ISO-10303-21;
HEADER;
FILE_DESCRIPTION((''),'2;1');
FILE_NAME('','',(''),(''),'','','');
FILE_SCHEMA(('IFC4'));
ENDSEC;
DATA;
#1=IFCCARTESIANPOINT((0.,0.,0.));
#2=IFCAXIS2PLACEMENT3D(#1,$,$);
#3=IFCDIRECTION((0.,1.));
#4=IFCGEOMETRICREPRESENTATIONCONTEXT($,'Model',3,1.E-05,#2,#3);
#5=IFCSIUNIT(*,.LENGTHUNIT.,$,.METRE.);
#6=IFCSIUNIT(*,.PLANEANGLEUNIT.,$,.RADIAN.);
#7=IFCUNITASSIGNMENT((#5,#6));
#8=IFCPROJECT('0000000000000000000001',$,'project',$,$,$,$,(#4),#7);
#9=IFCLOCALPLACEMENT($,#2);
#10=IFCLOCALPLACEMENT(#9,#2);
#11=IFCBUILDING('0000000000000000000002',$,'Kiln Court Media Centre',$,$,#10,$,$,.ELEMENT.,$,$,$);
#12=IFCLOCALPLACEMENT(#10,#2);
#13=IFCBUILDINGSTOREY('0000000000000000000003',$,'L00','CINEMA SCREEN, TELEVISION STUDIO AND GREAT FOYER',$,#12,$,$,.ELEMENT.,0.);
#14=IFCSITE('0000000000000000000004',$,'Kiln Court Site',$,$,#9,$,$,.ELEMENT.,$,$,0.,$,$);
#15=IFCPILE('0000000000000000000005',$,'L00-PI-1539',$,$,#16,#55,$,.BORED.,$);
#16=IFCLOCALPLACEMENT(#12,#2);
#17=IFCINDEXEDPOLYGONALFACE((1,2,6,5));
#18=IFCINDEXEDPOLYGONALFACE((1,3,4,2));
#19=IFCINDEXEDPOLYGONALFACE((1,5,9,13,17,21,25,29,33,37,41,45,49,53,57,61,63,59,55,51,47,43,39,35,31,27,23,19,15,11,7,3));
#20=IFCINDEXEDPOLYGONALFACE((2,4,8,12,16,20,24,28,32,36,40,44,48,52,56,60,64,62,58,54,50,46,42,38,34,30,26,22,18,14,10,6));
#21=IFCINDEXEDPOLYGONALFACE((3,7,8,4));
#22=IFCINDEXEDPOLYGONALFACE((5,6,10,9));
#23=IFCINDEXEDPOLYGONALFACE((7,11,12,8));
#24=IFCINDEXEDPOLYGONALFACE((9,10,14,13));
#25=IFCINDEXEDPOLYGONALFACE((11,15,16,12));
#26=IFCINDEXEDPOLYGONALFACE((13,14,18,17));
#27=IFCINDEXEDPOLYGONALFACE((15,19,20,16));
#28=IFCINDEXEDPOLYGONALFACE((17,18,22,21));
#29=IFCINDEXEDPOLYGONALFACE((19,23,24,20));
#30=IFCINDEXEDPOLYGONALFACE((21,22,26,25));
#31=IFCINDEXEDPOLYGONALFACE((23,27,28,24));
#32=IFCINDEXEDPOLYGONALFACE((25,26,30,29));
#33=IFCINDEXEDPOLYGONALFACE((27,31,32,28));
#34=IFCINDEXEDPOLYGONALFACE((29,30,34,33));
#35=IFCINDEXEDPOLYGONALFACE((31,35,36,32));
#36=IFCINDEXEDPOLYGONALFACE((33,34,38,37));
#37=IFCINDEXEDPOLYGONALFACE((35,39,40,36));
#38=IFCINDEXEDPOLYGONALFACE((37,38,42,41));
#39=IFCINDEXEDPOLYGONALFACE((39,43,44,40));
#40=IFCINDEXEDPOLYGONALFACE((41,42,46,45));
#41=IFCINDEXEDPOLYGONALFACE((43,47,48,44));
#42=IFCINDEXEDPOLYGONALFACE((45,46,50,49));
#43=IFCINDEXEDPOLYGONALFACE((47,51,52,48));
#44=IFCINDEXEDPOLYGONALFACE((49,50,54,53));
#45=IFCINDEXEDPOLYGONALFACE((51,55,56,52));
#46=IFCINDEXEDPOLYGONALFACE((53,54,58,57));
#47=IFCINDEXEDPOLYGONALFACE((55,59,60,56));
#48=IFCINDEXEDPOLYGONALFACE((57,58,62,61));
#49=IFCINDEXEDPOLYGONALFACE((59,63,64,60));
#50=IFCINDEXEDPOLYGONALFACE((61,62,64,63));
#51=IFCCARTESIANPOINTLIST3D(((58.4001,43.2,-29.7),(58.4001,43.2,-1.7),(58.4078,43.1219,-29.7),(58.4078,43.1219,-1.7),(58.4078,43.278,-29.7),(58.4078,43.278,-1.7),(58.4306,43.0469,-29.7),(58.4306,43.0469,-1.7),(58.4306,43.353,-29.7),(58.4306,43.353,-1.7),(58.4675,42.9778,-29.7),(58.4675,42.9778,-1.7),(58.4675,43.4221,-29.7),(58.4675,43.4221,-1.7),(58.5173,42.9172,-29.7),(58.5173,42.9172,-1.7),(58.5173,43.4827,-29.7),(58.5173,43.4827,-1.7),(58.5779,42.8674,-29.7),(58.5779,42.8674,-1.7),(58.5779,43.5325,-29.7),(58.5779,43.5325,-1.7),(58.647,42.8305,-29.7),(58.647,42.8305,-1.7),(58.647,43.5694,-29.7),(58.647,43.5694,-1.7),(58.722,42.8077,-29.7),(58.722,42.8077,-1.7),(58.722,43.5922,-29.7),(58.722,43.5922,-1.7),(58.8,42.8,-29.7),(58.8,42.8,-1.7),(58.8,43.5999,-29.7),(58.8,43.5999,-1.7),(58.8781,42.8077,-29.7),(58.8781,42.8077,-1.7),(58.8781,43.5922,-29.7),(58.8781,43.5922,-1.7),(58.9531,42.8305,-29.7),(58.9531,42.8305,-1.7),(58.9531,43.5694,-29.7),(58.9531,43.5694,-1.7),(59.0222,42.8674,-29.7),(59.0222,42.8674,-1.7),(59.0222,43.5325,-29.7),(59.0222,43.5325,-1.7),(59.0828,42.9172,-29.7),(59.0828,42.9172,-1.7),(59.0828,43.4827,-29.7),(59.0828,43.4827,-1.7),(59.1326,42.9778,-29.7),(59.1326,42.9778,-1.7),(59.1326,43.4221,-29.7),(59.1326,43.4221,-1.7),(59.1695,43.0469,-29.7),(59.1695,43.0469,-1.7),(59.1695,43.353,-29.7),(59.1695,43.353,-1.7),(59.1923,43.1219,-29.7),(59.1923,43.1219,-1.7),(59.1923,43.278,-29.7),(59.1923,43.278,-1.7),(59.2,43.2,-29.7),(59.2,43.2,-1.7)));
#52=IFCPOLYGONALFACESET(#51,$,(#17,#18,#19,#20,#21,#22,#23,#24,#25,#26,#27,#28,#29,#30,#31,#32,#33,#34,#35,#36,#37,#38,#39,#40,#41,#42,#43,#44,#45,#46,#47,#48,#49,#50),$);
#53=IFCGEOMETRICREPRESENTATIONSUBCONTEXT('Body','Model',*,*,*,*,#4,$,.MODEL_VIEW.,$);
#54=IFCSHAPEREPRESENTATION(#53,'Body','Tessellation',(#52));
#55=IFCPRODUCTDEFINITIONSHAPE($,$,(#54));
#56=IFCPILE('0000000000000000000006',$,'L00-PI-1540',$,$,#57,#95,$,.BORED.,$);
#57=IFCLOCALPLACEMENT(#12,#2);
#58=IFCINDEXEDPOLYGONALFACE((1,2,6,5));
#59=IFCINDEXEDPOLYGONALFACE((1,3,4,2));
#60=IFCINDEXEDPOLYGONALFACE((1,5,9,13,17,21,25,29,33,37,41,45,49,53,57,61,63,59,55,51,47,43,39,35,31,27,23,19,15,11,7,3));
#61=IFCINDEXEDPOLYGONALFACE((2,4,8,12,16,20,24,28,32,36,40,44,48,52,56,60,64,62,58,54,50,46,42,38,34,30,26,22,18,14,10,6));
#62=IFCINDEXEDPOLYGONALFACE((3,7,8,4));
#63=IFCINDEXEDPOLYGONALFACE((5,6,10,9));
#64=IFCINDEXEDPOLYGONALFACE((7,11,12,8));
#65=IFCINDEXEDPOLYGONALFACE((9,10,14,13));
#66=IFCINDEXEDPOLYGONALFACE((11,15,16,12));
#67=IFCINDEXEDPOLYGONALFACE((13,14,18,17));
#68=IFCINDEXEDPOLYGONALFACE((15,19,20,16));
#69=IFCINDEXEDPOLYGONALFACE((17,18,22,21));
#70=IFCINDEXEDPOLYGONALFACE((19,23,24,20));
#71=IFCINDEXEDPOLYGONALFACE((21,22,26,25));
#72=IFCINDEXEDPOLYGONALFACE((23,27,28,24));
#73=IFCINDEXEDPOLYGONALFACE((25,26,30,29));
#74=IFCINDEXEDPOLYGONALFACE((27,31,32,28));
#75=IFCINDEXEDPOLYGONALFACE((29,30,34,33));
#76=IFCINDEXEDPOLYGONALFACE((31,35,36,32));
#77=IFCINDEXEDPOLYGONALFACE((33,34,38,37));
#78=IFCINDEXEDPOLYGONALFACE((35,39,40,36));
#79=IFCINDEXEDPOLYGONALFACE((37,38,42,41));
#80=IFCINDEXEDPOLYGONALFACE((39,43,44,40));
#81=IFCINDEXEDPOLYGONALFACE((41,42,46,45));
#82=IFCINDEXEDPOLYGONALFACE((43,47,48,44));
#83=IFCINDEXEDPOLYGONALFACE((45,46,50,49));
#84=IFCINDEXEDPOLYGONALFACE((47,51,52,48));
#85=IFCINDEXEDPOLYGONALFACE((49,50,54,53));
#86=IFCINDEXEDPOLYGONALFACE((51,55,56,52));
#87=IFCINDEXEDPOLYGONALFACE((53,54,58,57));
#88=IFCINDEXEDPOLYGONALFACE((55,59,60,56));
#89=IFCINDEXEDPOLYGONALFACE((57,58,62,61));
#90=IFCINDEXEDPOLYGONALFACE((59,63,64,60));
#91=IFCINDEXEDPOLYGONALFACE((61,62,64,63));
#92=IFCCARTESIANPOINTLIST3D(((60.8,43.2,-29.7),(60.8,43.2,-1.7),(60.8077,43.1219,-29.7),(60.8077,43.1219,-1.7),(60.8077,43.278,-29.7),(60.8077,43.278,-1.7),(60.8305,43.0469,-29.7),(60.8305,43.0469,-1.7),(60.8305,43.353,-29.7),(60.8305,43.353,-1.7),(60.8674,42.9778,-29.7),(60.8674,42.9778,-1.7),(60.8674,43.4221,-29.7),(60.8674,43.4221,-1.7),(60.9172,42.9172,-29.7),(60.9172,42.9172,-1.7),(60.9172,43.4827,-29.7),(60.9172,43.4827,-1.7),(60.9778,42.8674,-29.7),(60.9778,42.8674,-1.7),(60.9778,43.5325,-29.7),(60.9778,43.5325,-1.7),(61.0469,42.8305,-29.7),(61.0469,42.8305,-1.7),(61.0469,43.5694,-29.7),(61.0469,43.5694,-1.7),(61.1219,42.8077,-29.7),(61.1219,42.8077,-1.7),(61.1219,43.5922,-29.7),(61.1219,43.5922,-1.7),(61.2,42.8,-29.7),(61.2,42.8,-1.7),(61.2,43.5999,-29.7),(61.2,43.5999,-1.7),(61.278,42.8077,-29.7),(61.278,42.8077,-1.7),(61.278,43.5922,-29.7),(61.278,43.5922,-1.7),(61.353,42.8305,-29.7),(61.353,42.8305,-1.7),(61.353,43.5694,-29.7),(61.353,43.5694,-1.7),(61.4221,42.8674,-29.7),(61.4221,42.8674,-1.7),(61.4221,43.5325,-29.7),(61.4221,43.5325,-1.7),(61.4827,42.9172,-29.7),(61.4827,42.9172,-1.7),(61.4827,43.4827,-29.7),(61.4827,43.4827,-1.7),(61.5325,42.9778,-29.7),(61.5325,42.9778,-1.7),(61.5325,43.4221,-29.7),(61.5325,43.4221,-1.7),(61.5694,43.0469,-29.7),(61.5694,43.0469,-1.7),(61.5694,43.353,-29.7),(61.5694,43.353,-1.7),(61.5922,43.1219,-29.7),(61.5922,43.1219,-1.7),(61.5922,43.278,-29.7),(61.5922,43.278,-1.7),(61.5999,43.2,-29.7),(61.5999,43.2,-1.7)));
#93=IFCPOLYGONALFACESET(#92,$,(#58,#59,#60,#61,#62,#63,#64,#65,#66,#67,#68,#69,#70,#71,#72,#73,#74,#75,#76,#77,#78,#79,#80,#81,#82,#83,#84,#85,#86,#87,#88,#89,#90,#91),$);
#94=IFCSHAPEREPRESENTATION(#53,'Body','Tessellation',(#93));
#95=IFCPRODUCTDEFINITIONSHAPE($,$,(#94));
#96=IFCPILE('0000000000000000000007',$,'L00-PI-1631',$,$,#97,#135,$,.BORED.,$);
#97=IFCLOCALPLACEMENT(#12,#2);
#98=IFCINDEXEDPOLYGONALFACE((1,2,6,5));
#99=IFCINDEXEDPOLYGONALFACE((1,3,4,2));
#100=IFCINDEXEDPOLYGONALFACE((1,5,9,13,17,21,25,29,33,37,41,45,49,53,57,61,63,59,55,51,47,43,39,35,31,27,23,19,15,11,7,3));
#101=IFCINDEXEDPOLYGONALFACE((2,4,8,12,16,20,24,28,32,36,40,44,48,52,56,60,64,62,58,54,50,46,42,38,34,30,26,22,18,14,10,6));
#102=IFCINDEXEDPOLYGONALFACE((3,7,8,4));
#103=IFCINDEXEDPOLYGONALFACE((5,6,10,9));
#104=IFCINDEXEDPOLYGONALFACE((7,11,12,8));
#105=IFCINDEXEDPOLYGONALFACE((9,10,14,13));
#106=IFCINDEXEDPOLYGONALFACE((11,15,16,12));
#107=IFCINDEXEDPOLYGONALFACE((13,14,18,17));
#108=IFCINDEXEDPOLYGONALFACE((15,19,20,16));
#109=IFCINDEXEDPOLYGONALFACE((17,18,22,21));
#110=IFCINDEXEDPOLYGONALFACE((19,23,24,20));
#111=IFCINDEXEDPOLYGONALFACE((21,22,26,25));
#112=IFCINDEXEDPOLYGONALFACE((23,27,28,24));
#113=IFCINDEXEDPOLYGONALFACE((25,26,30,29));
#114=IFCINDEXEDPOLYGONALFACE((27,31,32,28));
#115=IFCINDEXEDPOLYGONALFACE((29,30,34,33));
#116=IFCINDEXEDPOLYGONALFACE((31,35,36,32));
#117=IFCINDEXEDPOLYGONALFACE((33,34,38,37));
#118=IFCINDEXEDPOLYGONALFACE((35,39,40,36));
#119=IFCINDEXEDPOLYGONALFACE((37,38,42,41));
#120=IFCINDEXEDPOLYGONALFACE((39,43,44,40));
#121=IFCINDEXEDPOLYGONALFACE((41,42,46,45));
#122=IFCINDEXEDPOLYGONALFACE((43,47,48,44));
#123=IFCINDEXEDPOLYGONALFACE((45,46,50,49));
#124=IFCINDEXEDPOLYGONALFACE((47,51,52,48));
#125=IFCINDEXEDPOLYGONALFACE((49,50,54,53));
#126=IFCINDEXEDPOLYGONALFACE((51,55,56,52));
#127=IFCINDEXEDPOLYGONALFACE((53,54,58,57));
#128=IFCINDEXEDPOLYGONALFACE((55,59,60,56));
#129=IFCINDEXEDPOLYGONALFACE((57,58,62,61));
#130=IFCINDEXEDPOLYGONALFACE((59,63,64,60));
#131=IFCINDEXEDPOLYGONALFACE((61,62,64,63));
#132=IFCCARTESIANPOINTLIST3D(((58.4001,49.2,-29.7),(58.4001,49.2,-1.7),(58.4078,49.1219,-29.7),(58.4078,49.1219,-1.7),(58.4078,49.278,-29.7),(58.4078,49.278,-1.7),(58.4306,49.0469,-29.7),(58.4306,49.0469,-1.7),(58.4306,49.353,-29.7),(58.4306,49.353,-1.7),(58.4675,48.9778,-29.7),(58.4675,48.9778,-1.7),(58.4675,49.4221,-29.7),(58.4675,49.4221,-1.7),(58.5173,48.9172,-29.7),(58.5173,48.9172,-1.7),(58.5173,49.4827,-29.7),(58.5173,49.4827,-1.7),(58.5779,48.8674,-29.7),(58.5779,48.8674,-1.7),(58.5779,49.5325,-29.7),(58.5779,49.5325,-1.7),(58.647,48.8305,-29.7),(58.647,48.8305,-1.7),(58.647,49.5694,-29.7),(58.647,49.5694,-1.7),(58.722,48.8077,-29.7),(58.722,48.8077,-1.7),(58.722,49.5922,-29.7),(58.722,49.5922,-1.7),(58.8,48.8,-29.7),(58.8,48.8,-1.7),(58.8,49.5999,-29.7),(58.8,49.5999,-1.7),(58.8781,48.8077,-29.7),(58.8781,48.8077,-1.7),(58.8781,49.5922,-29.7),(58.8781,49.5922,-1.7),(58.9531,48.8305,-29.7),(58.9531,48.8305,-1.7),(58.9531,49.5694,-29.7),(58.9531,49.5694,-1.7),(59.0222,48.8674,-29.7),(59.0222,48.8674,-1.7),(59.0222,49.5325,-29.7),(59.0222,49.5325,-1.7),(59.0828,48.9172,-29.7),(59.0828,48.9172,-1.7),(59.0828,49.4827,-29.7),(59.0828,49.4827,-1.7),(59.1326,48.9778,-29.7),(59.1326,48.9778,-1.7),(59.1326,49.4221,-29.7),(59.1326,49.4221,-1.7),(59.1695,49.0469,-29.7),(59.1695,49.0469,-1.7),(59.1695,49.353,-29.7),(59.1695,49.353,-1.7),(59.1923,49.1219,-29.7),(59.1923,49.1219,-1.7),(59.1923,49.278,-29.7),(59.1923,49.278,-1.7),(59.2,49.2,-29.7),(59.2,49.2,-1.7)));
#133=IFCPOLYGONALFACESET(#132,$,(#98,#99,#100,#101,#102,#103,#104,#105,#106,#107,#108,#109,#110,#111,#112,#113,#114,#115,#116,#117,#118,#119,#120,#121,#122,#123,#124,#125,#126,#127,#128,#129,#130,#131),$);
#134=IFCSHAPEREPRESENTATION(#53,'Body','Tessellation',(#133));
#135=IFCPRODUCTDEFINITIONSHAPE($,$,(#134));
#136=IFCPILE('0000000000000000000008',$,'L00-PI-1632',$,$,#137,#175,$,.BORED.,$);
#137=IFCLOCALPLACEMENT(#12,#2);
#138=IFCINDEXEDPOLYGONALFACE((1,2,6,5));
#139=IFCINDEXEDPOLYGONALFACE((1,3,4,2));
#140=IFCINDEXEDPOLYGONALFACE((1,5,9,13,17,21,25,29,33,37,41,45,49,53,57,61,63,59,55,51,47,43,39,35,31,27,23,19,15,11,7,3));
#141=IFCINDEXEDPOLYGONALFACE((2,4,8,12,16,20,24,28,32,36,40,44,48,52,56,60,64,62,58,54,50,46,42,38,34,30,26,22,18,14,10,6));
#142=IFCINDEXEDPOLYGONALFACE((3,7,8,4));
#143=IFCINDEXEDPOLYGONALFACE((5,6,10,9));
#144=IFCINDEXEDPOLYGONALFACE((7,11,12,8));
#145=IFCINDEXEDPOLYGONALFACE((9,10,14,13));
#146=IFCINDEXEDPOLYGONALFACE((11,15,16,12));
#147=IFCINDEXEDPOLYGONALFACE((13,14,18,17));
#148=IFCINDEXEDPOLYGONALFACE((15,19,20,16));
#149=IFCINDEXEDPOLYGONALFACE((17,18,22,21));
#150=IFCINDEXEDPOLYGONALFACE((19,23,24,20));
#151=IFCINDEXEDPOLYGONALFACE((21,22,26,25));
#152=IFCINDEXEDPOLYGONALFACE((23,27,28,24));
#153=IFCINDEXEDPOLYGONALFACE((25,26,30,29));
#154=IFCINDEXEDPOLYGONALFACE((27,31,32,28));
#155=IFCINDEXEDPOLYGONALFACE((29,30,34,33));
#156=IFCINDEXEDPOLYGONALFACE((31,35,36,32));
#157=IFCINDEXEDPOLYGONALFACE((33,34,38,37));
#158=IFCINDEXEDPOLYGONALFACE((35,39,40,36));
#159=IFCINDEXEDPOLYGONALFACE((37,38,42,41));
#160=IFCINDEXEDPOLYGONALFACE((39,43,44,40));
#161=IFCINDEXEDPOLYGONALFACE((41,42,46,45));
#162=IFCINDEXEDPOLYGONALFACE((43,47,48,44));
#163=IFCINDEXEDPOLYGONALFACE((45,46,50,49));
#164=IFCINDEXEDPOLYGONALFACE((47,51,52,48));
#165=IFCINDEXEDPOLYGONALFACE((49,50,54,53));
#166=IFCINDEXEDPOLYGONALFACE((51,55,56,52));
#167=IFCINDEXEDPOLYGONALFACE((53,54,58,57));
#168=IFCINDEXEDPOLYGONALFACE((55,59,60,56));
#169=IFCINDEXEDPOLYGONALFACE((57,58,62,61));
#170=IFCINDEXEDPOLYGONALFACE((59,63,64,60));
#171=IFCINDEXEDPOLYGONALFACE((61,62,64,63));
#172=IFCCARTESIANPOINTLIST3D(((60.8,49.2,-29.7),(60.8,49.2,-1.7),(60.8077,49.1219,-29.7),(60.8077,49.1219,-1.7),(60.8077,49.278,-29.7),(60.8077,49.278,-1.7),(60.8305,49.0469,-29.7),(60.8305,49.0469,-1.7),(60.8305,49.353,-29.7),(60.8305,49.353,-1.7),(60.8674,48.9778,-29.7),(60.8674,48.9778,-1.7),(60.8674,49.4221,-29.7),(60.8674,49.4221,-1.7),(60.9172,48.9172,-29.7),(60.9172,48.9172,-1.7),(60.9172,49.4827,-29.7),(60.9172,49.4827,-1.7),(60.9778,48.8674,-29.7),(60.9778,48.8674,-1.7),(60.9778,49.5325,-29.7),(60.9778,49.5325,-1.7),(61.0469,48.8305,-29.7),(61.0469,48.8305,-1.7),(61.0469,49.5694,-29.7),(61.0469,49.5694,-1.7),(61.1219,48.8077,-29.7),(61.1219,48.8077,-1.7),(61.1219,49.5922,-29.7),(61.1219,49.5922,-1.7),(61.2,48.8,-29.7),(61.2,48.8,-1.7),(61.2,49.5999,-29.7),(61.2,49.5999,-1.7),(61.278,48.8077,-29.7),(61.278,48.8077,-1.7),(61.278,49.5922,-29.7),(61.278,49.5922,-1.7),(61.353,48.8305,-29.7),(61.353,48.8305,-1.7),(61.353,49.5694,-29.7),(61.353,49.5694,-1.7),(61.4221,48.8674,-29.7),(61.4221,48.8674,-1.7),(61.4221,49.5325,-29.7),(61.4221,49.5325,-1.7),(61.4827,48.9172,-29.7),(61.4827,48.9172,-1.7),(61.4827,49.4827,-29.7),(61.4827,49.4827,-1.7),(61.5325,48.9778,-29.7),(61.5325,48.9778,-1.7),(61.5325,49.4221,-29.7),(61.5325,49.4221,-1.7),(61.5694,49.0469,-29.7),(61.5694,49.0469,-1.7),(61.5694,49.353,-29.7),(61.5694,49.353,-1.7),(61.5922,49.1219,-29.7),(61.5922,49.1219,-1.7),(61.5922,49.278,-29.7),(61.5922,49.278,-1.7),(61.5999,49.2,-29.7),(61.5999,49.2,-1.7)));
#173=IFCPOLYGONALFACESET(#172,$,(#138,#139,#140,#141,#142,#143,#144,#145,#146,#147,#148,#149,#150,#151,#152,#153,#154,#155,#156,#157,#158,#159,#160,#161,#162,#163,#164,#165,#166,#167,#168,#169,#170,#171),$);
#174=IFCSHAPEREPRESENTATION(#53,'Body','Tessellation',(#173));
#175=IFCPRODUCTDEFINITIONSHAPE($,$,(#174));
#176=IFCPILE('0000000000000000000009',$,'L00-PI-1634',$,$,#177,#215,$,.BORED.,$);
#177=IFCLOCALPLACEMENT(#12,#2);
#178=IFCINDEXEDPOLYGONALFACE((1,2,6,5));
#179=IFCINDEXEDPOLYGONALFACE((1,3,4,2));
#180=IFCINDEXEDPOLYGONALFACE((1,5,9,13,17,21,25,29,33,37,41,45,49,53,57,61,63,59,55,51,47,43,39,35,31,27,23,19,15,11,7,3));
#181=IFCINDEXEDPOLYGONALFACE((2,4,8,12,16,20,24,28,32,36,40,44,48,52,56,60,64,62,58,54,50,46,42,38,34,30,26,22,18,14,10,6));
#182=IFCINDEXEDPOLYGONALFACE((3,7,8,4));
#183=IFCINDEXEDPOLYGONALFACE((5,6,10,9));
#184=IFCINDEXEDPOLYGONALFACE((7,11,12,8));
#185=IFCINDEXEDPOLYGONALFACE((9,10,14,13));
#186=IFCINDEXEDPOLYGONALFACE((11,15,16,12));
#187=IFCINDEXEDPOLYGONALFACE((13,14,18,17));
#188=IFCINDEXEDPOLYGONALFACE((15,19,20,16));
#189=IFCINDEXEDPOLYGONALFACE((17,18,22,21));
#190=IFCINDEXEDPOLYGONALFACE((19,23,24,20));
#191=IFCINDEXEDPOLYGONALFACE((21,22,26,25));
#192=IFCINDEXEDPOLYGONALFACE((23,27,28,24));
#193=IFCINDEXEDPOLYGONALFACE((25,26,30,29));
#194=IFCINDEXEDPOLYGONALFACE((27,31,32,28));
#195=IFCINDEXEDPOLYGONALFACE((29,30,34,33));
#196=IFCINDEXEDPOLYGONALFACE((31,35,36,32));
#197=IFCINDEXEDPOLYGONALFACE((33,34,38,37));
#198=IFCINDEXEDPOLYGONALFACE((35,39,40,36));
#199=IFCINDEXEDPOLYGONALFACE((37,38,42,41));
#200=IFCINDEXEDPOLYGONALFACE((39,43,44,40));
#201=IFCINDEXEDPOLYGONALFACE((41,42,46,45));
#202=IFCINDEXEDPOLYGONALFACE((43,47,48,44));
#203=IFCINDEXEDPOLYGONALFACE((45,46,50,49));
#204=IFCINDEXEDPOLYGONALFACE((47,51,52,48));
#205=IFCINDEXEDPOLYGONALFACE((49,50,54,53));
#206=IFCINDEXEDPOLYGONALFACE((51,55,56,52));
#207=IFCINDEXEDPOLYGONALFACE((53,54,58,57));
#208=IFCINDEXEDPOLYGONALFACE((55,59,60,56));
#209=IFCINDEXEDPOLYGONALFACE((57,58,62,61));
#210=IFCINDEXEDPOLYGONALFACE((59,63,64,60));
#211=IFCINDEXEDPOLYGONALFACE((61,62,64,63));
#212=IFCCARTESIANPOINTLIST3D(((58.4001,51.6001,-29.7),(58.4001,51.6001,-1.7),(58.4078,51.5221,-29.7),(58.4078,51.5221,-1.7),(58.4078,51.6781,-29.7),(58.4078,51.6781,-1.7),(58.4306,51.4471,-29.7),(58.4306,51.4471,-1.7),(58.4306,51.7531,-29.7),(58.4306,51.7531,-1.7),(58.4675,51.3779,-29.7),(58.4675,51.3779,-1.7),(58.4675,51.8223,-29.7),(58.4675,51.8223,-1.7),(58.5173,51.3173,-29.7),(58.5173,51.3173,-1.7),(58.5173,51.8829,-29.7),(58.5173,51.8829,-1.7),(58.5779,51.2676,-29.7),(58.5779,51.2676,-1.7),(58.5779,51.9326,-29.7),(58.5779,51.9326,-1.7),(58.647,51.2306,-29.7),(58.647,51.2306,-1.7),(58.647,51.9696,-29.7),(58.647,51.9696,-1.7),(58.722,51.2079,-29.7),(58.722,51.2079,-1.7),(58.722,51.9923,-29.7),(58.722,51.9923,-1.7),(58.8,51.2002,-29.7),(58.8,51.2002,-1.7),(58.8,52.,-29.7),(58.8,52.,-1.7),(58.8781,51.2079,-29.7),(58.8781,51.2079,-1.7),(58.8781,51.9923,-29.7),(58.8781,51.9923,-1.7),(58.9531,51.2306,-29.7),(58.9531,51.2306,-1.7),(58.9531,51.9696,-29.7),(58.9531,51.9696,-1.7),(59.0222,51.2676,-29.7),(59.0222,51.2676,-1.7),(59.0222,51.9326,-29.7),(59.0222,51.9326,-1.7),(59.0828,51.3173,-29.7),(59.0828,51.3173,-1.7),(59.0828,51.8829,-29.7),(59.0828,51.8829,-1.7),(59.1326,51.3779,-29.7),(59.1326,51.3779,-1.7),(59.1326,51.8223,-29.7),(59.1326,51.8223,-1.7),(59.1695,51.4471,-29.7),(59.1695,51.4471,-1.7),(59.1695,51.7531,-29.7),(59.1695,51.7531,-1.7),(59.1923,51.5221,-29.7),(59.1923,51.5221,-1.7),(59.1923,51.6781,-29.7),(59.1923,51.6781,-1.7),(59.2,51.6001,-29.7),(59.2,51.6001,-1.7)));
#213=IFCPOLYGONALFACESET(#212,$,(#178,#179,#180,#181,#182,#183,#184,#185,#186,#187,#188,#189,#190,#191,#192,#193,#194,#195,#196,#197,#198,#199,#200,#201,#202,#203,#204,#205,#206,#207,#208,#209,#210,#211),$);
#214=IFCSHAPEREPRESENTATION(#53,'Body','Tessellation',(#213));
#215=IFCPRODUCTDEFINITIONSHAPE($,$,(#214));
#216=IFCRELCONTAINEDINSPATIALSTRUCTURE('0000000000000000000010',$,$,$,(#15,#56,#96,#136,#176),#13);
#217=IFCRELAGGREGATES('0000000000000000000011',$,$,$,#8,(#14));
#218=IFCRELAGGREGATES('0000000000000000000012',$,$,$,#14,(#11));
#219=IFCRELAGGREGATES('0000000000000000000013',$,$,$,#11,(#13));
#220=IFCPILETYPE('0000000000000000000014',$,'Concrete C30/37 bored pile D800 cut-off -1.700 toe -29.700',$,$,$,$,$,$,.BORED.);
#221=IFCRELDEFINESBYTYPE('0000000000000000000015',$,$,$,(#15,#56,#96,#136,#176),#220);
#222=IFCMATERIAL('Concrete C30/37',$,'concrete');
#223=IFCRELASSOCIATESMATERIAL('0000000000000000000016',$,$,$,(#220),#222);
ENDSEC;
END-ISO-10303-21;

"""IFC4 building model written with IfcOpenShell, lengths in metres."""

from ifc_helpers import new_model, si_unit, direction, frame, origin, origin_2d, place, context, subcontext, project, spatial, circle, extrude, material, material_profile, profile_set, type_object, element, save


model = new_model("IFC4")

# Units and contexts
model_context = context("Model", 3, precision=1e-05, world=origin(), true_north=direction((0.0, 1.0)))
body_context = subcontext(model_context, "Body", "Model", "MODEL_VIEW")
ifc_project = project(units=[si_unit("LENGTHUNIT", "METRE"), si_unit("PLANEANGLEUNIT", "RADIAN")], contexts=[model_context])

# Site, building, storey
site_placement = place(None, origin())
site = spatial("IfcSite", under=ifc_project, at=site_placement, Name="Kiln Court Site", CompositionType="ELEMENT", RefElevation=0.0)
building_placement = place(site_placement, origin())
building = spatial("IfcBuilding", under=site, at=building_placement, Name="Kiln Court Media Centre", CompositionType="ELEMENT")
storey_placement = place(building_placement, origin())
storey = spatial("IfcBuildingStorey", under=building, at=storey_placement, Name="L00", Description="CINEMA SCREEN, TELEVISION STUDIO AND GREAT FOYER", CompositionType="ELEMENT", Elevation=0.0)

# Piles
ifc_material_1 = material(Name="Concrete C30/37", Category="concrete")
ifc_material_profile_1 = material_profile(ifc_material_1, circle(Radius=0.3999, at=origin_2d()), Name="PILE D800")
ifc_profile_set_1 = profile_set([ifc_material_profile_1], Name="Concrete C30/37")
pile_type_1 = type_object("IfcPileType", Name="Concrete C30/37 bored pile D800 cut-off -1.700 toe -29.700", PredefinedType="BORED", material=ifc_profile_set_1)
for number, where, z_axis, x_axis, name in (
    (1, (58.8, 43.2, -1.7), (0.0, 0.0, -1.0), (1.0, 0.0, 0.0), "L00-PI-1539"),
    (2, (61.2, 43.2, -1.7), (0.0, 0.0, -1.0), (1.0, 0.0, 0.0), "L00-PI-1540"),
    (3, (58.8, 49.2, -1.7), (0.0, 0.0, -1.0), (1.0, 0.0, 0.0), "L00-PI-1631"),
    (4, (61.2, 49.2, -1.7), (0.0, 0.0, -1.0), (1.0, 0.0, 0.0), "L00-PI-1632"),
    (5, (58.8, 51.6001, -1.7), (0.0, 0.0, -1.0), (1.0, 0.0, 0.0), "L00-PI-1634"),
):
    element("IfcPile", number, at=place(storey_placement, frame(where, z_axis=z_axis, x_axis=x_axis)), inside=storey, type_object=pile_type_1, Name=name, PredefinedType="BORED", context=body_context, shape_type="SweptSolid", body=[
        extrude(circle(Radius=0.3999, at=origin_2d()), origin(), (0.0, 0.0, 1.0), 28.0),
    ])

save(model, "model.ifc")
